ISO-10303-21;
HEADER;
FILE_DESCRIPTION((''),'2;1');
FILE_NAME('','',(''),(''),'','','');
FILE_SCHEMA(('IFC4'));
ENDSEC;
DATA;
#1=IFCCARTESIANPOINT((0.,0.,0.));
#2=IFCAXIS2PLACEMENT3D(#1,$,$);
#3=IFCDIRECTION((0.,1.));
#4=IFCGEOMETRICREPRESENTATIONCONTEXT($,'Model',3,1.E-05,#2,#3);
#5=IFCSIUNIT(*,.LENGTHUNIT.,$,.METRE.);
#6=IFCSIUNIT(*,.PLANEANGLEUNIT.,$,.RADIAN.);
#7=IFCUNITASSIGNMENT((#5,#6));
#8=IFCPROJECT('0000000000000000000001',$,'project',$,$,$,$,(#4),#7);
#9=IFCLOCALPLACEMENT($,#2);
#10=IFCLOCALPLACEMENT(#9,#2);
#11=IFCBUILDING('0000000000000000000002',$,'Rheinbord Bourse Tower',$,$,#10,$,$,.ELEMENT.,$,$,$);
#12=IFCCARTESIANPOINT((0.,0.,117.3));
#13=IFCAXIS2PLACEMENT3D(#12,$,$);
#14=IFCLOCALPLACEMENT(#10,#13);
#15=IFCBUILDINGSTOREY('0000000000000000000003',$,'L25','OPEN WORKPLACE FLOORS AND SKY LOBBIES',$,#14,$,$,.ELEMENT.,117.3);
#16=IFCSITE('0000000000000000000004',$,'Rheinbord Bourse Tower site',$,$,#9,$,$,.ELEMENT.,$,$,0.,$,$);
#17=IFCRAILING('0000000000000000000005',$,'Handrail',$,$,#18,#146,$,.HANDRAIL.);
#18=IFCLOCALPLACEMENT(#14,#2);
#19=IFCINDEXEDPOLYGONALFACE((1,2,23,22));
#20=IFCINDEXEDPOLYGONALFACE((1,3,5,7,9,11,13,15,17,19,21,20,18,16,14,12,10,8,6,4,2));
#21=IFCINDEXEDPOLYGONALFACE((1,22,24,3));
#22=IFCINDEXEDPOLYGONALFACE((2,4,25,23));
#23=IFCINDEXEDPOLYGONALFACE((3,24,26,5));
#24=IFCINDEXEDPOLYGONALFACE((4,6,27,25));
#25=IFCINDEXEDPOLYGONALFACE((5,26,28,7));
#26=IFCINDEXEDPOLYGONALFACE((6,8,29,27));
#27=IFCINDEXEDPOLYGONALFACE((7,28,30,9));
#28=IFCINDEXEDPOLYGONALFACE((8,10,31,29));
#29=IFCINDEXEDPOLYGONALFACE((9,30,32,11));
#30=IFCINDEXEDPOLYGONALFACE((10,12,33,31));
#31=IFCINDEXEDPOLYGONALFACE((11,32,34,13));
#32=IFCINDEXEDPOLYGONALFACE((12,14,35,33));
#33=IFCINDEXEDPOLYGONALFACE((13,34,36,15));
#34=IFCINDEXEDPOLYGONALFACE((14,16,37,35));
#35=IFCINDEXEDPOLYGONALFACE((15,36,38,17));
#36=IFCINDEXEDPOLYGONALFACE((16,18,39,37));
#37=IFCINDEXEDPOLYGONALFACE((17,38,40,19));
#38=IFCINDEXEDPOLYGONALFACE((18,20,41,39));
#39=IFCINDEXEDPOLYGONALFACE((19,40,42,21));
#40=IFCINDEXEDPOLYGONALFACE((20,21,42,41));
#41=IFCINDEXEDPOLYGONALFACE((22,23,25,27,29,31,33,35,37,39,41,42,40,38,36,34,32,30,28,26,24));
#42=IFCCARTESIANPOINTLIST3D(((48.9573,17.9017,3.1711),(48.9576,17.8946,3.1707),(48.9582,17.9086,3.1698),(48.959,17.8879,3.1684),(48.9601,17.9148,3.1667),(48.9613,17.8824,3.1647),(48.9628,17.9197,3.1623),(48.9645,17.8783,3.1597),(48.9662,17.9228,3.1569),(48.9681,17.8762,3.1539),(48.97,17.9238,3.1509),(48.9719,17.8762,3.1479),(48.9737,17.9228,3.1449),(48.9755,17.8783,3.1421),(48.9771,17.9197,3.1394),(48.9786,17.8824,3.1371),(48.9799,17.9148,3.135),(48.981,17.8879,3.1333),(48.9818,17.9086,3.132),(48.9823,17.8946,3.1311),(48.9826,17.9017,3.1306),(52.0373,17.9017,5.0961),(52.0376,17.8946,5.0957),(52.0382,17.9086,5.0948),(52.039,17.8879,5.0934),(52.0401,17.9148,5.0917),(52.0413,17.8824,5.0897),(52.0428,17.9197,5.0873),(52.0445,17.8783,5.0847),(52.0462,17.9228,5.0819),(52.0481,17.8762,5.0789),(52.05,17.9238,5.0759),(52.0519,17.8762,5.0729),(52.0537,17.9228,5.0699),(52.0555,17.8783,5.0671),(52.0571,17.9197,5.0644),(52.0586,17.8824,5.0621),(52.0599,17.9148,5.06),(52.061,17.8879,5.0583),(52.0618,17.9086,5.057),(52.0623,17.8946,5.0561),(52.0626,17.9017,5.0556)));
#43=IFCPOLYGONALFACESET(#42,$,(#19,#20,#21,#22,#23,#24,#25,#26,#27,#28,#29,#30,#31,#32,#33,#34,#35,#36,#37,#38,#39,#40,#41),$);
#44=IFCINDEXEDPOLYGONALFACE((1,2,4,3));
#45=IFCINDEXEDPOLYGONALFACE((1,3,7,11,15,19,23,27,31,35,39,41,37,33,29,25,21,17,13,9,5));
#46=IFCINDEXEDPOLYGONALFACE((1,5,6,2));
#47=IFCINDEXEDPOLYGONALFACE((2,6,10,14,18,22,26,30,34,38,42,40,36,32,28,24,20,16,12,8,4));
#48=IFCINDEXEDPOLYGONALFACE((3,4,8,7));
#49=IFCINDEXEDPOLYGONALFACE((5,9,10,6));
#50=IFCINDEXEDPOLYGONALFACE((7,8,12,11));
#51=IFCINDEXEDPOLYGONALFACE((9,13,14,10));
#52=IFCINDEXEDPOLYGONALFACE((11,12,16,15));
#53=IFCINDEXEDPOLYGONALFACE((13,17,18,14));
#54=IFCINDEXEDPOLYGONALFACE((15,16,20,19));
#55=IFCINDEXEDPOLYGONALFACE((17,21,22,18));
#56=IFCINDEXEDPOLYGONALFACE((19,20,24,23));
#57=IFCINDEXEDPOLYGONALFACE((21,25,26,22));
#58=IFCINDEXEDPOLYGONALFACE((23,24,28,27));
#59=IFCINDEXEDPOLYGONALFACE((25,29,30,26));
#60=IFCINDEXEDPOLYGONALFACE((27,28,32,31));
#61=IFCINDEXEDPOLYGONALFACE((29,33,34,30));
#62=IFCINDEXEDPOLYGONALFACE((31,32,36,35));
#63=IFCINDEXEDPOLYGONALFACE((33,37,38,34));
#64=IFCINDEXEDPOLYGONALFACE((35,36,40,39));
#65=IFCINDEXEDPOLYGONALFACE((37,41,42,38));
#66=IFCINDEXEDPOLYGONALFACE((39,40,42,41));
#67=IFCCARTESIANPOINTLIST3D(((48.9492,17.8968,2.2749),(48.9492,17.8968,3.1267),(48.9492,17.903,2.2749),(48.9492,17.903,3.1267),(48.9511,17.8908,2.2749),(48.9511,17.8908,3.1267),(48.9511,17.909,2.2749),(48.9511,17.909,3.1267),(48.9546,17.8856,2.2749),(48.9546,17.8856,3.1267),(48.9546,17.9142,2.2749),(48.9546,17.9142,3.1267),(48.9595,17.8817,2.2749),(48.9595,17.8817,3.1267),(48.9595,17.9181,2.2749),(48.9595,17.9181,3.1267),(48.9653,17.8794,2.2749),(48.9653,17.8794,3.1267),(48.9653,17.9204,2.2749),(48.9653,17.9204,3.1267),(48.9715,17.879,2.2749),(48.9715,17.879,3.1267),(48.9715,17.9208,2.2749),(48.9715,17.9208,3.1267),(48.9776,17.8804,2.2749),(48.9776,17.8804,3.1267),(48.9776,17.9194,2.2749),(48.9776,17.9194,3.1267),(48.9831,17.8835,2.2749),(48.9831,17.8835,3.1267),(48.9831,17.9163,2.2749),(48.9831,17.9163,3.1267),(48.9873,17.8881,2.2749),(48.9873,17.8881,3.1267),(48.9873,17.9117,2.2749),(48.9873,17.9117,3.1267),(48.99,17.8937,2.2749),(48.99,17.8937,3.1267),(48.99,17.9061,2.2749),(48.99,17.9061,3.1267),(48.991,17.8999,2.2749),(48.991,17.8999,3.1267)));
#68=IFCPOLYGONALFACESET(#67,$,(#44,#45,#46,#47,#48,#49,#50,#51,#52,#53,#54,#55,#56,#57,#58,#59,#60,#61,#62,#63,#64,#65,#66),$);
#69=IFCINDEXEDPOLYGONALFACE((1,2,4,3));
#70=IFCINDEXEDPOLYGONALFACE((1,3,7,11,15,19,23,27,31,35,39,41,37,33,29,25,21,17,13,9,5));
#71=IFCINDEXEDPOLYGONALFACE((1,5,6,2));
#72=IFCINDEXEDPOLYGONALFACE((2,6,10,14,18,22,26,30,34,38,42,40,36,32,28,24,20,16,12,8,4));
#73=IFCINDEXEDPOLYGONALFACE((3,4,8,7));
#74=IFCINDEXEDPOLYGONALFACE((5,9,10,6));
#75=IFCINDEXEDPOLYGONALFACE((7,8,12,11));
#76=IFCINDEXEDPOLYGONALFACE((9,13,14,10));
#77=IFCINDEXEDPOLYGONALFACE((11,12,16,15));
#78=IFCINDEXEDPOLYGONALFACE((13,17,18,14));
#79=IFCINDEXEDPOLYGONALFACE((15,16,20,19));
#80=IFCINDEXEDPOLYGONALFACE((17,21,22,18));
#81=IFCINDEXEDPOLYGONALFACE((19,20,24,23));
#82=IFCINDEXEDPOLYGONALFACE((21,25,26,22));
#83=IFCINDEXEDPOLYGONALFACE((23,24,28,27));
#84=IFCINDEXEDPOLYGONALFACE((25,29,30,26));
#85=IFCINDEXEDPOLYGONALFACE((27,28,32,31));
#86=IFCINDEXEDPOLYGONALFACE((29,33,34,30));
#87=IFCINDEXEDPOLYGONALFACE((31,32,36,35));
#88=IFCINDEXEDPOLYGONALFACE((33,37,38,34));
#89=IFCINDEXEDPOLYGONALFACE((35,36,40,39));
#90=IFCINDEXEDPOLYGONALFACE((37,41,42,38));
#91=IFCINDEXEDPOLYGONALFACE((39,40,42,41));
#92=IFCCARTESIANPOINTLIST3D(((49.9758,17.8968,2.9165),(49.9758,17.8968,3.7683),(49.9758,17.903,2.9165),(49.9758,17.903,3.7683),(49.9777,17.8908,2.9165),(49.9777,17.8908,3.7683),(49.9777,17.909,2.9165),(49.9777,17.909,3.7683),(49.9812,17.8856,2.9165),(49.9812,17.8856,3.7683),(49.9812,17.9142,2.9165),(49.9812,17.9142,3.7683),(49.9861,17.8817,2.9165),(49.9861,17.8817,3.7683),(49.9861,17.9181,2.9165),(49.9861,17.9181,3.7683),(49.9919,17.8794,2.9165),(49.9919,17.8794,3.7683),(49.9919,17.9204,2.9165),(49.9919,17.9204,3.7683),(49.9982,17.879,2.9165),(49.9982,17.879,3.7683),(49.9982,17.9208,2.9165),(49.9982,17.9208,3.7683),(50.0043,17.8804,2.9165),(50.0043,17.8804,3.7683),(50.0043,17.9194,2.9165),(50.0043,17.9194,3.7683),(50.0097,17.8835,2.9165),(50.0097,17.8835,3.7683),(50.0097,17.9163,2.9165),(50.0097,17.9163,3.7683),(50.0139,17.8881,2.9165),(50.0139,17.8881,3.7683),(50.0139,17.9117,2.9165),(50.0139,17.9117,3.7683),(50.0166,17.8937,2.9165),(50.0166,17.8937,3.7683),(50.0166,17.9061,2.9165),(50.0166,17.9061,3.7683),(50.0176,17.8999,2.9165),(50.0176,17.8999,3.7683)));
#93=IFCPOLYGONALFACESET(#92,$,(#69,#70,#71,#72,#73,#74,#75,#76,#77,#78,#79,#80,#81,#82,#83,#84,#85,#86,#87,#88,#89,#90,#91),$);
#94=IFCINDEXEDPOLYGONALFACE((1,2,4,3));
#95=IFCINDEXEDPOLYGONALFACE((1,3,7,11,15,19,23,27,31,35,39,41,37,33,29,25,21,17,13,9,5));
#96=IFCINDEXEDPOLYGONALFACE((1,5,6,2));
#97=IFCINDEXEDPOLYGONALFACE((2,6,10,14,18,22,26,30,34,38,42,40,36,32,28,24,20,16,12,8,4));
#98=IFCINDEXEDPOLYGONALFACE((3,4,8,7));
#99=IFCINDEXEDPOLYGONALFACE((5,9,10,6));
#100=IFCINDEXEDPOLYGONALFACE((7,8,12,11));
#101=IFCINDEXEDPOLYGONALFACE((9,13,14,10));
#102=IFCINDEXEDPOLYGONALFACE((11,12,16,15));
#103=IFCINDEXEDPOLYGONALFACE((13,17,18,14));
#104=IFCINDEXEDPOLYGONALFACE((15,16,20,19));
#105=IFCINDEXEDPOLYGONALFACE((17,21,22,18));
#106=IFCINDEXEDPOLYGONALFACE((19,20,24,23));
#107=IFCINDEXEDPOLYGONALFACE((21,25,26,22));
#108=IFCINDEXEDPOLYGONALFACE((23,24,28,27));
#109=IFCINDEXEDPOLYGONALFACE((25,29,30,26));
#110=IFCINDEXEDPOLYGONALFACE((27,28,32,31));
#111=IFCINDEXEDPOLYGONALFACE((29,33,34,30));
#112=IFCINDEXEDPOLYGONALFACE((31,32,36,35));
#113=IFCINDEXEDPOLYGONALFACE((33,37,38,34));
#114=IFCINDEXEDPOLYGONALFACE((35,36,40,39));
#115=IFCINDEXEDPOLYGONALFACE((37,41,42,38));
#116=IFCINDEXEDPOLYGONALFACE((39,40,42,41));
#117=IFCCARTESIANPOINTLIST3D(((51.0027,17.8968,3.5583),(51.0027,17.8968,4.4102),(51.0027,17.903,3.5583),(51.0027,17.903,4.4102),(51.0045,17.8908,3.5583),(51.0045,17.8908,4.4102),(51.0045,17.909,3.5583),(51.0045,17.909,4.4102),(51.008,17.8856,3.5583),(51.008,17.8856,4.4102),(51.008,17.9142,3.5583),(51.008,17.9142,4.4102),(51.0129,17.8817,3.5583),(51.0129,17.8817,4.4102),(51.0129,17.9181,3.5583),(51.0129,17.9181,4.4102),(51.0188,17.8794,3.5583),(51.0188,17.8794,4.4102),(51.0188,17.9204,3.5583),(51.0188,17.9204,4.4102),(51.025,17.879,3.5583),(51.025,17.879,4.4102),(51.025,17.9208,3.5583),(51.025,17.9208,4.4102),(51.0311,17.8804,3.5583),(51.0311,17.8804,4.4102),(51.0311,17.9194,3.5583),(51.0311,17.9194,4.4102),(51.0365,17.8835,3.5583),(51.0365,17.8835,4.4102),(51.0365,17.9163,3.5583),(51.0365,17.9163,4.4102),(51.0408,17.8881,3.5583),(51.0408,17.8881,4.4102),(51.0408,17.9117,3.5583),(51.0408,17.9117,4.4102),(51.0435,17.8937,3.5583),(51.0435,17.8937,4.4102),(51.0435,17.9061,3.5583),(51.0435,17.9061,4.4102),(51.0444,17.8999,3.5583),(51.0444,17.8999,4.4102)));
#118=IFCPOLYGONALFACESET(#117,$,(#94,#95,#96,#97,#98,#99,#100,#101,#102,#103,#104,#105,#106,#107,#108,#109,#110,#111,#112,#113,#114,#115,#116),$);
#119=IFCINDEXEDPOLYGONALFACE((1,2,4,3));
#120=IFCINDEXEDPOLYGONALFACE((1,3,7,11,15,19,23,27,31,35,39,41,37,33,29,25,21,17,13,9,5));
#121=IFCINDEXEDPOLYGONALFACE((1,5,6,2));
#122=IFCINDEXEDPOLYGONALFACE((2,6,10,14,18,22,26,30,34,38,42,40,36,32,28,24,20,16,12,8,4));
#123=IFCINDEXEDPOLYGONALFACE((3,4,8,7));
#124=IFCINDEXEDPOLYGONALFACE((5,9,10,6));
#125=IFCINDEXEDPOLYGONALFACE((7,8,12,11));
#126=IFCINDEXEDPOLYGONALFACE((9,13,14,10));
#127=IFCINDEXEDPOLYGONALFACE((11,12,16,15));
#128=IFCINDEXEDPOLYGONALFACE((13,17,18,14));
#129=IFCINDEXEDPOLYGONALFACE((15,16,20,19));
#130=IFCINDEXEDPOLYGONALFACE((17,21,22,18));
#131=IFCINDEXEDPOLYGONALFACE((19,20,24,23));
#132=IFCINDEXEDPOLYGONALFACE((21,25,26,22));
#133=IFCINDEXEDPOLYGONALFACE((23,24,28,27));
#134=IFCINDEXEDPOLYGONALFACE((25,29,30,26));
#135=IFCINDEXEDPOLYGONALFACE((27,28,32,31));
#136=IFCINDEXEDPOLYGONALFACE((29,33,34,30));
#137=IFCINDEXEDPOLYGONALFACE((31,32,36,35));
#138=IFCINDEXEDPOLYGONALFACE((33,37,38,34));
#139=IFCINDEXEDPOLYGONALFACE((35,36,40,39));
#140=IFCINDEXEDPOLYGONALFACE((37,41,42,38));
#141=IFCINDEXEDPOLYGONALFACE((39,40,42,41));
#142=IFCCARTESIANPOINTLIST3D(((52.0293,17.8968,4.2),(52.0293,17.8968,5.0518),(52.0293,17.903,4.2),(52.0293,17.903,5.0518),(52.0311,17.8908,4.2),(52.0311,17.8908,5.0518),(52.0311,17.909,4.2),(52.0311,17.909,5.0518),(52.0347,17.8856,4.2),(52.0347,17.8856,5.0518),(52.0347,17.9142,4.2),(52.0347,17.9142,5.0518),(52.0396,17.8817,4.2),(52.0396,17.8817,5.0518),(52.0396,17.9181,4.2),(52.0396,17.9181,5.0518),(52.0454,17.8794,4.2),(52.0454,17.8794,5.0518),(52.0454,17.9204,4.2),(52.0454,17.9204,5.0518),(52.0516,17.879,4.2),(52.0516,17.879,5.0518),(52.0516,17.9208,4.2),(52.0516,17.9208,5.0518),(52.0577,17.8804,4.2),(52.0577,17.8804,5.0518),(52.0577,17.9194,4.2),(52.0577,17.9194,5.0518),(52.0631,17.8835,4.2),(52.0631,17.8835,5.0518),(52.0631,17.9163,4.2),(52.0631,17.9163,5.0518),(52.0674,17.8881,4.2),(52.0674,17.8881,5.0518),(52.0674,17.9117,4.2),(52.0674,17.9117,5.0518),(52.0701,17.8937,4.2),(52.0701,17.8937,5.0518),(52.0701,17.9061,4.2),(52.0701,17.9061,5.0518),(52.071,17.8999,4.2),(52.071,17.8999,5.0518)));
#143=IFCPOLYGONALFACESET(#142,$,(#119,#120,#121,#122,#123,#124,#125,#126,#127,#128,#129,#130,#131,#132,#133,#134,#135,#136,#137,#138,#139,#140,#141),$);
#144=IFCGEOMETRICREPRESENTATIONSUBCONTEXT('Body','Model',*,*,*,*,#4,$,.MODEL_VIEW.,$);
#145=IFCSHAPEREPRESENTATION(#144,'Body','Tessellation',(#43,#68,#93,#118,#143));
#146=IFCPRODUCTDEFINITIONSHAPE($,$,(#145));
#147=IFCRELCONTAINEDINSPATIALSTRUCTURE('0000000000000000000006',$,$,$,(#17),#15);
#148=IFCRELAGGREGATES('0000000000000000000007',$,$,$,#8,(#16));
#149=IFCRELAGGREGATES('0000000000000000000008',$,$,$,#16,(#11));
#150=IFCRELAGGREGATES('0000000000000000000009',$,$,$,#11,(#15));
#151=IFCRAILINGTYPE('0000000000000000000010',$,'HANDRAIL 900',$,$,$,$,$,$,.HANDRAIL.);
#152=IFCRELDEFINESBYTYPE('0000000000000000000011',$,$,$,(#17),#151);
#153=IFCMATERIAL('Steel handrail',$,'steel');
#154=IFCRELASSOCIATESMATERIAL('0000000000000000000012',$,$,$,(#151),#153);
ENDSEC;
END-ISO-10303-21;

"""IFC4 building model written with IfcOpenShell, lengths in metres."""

from ifc_helpers import new_model, si_unit, direction, frame, origin, origin_2d, place, context, subcontext, project, spatial, circle, extrude, material, type_object, element, save


model = new_model("IFC4")

# Units and contexts
model_context = context("Model", 3, precision=1e-05, world=origin(), true_north=direction((0.0, 1.0)))
body_context = subcontext(model_context, "Body", "Model", "MODEL_VIEW")
ifc_project = project(units=[si_unit("LENGTHUNIT", "METRE"), si_unit("PLANEANGLEUNIT", "RADIAN")], contexts=[model_context])

# Site, building, storey
site_placement = place(None, origin())
site = spatial("IfcSite", under=ifc_project, at=site_placement, Name="Rheinbord Bourse Tower site", CompositionType="ELEMENT", RefElevation=0.0)
building_placement = place(site_placement, origin())
building = spatial("IfcBuilding", under=site, at=building_placement, Name="Rheinbord Bourse Tower", CompositionType="ELEMENT")
storey_placement = place(building_placement, frame((0.0, 0.0, 117.3)))
storey = spatial("IfcBuildingStorey", under=building, at=storey_placement, Name="L25", Description="OPEN WORKPLACE FLOORS AND SKY LOBBIES", CompositionType="ELEMENT", Elevation=117.3)

# Railing
ifc_material_1 = material(Name="Steel handrail", Category="steel")
railing_type = type_object("IfcRailingType", Name="HANDRAIL 900", PredefinedType="HANDRAIL", material=ifc_material_1)
railing_1_placement = place(storey_placement, frame((48.97, 17.8999, 2.2749)))
element("IfcRailing", 1, at=railing_1_placement, inside=storey, type_object=railing_type, Name="Handrail", PredefinedType="HANDRAIL", context=body_context, shape_type="SweptSolid", body=[
    extrude(circle(Radius=0.0239, at=origin_2d()), frame((0.0, 0.0, 0.876), z_axis=(0.847998, 0.0, 0.529999), x_axis=(0.0, 1.0, 0.0)), (0.0, 0.0, 1.0), 3.6321),
    extrude(circle(Radius=0.021, at=origin_2d()), origin(), (0.0, 0.0, 1.0), 0.8518),
    extrude(circle(Radius=0.021, at=origin_2d()), frame((1.0266, 0.0, 0.6416)), (0.0, 0.0, 1.0), 0.8518),
    extrude(circle(Radius=0.021, at=origin_2d()), frame((2.0535, 0.0, 1.2834)), (0.0, 0.0, 1.0), 0.8518),
    extrude(circle(Radius=0.021, at=origin_2d()), frame((3.0801, 0.0, 1.925)), (0.0, 0.0, 1.0), 0.8518),
])

save(model, "model.ifc")
